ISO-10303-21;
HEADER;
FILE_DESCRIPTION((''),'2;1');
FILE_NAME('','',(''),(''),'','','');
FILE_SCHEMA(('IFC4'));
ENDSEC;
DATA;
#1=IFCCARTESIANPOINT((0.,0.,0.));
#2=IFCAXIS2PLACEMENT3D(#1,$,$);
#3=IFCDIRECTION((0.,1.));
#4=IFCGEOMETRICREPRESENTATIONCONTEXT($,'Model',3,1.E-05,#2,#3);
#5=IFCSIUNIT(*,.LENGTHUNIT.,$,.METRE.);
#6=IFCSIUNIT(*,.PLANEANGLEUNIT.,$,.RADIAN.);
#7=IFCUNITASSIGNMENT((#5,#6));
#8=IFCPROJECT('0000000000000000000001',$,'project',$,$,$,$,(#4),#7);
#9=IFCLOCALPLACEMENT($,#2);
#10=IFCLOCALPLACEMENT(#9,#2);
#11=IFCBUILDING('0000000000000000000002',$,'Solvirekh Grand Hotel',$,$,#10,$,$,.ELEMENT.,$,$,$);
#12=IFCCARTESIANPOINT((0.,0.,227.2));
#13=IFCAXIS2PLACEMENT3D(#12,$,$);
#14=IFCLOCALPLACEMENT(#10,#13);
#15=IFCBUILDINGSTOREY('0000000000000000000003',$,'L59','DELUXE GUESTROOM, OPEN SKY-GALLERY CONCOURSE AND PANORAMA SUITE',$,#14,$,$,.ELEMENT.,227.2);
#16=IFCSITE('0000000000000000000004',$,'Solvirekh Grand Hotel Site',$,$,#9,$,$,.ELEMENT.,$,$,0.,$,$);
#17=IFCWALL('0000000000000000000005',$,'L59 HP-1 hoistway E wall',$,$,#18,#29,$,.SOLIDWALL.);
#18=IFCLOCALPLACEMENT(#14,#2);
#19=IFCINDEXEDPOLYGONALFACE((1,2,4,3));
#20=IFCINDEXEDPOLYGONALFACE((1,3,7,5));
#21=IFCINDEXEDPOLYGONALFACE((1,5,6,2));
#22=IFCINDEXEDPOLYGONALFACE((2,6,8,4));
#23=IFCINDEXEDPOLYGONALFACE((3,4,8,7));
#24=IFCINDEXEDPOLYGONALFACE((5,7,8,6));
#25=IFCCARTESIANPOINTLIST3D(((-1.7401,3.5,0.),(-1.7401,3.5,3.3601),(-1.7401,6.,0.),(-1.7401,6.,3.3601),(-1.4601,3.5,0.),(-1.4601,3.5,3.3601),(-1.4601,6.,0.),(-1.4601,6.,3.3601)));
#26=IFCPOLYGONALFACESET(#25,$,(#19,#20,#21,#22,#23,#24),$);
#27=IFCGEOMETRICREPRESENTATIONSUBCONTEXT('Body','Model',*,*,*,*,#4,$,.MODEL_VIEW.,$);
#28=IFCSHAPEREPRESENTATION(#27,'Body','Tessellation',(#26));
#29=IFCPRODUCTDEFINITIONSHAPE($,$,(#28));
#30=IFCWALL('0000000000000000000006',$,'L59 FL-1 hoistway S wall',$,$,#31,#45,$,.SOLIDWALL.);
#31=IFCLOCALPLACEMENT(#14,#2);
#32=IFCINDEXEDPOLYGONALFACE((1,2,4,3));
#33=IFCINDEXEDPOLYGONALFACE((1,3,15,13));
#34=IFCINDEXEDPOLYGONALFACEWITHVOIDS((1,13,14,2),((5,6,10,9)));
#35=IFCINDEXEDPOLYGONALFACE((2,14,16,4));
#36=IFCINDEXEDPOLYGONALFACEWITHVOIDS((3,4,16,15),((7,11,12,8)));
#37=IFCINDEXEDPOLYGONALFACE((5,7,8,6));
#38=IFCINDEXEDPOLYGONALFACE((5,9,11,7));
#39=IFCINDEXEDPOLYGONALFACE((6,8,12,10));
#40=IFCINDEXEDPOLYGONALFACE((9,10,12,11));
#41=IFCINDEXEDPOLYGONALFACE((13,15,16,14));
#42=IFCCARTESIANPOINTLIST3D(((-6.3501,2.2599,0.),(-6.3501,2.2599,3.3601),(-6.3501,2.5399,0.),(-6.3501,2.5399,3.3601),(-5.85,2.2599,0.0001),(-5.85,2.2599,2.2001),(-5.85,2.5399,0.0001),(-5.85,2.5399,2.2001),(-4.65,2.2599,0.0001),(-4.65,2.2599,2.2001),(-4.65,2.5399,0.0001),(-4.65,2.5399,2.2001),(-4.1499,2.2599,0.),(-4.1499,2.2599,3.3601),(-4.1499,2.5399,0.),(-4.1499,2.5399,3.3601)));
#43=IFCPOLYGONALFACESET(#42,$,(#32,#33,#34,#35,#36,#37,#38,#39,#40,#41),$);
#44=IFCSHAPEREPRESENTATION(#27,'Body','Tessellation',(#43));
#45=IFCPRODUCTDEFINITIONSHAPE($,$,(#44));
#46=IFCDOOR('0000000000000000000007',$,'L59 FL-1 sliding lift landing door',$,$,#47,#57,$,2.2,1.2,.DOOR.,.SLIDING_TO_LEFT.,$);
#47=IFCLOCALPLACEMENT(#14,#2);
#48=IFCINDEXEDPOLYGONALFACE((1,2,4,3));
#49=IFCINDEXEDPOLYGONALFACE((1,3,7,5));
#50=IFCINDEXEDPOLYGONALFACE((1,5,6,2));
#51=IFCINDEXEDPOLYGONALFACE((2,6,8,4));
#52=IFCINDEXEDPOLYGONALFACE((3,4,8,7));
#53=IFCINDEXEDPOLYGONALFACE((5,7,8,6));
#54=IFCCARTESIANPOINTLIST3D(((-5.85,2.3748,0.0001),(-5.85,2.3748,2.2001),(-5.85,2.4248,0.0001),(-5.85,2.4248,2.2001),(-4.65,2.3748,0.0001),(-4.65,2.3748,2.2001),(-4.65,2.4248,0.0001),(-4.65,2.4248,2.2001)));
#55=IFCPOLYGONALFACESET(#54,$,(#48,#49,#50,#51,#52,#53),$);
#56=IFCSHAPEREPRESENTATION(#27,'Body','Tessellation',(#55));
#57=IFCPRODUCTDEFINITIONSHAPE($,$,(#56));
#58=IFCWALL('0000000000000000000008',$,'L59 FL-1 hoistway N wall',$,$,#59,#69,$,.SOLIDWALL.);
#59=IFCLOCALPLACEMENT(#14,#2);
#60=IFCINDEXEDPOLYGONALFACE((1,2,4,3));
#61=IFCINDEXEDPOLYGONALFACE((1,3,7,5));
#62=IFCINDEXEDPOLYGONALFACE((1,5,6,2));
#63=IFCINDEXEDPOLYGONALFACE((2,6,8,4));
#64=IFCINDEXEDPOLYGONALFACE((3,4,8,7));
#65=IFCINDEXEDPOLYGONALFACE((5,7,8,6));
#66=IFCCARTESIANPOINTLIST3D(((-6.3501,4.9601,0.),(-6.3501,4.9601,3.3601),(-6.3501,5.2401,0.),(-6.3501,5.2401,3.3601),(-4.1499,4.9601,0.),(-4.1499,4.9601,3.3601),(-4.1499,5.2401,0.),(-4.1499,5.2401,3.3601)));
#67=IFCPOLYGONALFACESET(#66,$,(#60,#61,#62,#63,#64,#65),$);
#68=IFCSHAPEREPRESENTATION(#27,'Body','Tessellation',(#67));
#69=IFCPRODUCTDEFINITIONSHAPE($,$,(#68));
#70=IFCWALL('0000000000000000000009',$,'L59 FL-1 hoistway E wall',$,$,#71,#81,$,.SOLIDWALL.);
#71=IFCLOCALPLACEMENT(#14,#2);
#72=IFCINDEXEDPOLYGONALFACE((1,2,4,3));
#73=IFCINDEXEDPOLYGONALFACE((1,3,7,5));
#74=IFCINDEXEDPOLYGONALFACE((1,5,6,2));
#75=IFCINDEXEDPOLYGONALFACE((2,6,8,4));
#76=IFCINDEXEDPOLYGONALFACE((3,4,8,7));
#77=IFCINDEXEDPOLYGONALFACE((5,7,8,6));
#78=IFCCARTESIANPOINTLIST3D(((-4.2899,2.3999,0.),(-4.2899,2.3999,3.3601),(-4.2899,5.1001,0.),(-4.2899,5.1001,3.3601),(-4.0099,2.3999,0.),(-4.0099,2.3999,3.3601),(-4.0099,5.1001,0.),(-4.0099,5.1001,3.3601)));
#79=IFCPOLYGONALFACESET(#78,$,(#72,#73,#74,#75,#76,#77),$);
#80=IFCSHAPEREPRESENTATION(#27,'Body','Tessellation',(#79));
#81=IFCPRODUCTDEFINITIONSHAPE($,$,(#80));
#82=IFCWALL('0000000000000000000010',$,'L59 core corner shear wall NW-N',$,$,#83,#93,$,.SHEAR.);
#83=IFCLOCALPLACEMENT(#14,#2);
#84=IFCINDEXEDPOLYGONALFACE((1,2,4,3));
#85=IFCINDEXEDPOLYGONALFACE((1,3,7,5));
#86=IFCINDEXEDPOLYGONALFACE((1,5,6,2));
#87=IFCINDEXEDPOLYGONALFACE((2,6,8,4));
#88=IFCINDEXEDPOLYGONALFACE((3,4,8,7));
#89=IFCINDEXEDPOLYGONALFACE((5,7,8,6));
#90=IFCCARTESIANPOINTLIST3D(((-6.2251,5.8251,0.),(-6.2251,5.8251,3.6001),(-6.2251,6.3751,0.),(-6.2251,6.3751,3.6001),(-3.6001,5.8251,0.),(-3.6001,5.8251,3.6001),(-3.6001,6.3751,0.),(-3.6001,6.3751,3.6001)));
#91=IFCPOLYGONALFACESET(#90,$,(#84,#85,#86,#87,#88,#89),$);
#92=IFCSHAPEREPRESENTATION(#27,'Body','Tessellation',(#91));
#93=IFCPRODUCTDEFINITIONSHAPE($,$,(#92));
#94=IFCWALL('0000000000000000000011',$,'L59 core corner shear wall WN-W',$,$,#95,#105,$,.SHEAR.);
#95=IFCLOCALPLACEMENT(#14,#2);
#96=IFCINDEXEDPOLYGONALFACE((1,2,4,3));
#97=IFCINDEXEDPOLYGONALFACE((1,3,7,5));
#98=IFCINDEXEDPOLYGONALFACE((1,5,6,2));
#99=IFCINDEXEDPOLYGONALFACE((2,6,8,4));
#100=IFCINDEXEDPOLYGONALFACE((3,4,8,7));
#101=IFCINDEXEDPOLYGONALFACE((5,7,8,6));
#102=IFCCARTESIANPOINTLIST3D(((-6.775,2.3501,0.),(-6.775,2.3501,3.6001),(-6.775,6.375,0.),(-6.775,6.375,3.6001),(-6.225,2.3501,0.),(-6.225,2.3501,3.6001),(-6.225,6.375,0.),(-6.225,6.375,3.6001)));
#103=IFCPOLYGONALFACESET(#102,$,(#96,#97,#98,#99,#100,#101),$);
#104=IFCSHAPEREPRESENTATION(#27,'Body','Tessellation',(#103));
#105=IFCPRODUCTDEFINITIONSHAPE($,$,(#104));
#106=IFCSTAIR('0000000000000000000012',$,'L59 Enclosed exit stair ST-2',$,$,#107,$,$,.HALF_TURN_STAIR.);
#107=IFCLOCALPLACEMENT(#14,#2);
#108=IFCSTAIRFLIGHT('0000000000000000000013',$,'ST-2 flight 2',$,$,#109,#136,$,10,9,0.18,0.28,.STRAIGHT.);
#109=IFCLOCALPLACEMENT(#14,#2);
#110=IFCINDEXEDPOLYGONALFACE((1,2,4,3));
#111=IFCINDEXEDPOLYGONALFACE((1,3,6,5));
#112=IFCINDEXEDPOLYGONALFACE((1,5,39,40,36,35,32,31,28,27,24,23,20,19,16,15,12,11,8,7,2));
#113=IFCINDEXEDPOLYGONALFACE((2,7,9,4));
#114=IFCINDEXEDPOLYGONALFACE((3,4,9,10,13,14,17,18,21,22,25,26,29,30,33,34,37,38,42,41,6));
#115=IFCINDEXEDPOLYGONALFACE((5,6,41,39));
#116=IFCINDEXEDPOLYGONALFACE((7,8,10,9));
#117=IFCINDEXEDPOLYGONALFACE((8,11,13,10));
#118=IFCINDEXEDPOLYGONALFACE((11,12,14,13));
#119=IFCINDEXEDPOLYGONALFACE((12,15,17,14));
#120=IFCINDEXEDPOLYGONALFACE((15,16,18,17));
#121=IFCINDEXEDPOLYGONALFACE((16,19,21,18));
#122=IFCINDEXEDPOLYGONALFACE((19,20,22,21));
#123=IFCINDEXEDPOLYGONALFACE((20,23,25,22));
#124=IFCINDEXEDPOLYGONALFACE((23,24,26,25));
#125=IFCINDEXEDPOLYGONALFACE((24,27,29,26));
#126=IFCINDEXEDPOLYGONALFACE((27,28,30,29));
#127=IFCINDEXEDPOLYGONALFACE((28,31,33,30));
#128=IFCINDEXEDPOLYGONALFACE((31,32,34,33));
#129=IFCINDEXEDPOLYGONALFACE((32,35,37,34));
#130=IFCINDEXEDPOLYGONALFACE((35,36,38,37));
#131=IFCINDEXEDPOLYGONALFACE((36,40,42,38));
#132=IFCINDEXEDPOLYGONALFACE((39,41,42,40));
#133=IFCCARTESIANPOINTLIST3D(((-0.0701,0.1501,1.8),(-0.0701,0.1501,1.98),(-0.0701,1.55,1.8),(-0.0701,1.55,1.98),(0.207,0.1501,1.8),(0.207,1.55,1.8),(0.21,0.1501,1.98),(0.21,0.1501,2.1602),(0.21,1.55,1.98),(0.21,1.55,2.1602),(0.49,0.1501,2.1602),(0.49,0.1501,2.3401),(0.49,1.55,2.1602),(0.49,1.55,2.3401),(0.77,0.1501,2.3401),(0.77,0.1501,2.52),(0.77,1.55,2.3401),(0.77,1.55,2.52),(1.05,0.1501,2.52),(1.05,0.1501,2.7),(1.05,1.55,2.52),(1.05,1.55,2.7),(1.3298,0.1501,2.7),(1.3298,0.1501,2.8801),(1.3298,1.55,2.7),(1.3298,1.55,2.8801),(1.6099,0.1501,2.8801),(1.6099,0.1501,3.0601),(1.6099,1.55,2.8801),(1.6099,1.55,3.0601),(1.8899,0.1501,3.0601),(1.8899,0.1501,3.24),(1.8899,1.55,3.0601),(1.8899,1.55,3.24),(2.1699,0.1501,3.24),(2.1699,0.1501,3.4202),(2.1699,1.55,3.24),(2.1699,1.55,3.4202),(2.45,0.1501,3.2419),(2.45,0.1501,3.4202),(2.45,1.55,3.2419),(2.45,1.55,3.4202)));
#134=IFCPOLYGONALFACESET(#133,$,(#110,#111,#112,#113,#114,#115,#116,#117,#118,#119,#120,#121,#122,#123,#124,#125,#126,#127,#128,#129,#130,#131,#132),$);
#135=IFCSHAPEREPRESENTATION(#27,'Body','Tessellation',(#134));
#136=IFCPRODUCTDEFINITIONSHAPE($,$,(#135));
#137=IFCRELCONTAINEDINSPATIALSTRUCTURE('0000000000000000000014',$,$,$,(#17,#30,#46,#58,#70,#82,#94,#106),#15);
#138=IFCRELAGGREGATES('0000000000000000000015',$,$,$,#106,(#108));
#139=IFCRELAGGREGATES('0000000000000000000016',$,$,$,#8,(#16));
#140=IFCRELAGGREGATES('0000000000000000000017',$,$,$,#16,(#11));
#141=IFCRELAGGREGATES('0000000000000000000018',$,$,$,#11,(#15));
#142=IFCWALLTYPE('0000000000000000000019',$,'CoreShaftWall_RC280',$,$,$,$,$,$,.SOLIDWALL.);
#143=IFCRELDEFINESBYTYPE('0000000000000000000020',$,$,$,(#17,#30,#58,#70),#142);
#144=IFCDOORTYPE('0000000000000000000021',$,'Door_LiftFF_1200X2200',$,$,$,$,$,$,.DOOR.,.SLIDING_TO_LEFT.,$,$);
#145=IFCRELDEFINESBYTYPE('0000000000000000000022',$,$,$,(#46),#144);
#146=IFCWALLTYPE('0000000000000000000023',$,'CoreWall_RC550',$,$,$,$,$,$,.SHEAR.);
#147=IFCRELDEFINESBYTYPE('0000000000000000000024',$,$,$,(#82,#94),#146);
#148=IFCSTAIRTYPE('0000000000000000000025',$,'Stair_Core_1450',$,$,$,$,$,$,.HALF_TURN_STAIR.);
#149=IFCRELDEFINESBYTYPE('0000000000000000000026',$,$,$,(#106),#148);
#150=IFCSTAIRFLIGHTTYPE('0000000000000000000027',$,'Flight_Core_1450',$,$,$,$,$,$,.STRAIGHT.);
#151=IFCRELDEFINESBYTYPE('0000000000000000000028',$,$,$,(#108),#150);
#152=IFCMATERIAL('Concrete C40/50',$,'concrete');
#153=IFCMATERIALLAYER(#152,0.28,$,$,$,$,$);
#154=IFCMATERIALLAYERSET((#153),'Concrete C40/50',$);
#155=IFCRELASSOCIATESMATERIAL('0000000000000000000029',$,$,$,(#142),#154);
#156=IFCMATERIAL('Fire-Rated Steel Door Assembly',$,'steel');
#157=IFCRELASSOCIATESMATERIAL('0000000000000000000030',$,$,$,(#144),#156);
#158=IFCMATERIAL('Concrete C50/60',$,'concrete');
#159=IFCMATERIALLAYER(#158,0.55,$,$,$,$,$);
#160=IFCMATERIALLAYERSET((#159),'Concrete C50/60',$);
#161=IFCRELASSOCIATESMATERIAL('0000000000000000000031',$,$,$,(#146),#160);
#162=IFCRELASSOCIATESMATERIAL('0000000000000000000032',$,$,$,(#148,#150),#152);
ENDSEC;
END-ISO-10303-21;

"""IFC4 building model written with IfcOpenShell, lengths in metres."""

from ifc_helpers import new_model, si_unit, direction, frame, frame_2d, origin, place, context, subcontext, project, spatial, polyline, rectangle, outline, extrude, material, layer, layer_set, type_object, element, fill, aggregate, save


model = new_model("IFC4")

# Units and contexts
model_context = context("Model", 3, precision=1e-05, world=origin(), true_north=direction((0.0, 1.0)))
body_context = subcontext(model_context, "Body", "Model", "MODEL_VIEW")
ifc_project = project(units=[si_unit("LENGTHUNIT", "METRE"), si_unit("PLANEANGLEUNIT", "RADIAN")], contexts=[model_context])

# Site, building, storey
site_placement = place(None, origin())
site = spatial("IfcSite", under=ifc_project, at=site_placement, Name="Solvirekh Grand Hotel Site", CompositionType="ELEMENT", RefElevation=0.0)
building_placement = place(site_placement, origin())
building = spatial("IfcBuilding", under=site, at=building_placement, Name="Solvirekh Grand Hotel", CompositionType="ELEMENT")
storey_placement = place(building_placement, frame((0.0, 0.0, 227.2)))
storey = spatial("IfcBuildingStorey", under=building, at=storey_placement, Name="L59", Description="DELUXE GUESTROOM, OPEN SKY-GALLERY CONCOURSE AND PANORAMA SUITE", CompositionType="ELEMENT", Elevation=227.2)

# Shared definitions
ifc_material_1 = material(Name="Concrete C50/60", Category="concrete")

# Shared definitions
ifc_material_2 = material(Name="Concrete C40/50", Category="concrete")
ifc_layer_1 = layer(ifc_material_2, 0.28)
ifc_layer_set_1 = layer_set([ifc_layer_1], Name="Concrete C40/50")
wall_type_1 = type_object("IfcWallType", Name="CoreShaftWall_RC280", PredefinedType="SOLIDWALL", material=ifc_layer_set_1)
ifc_material_3 = material(Name="Fire-Rated Steel Door Assembly", Category="steel")

# Wall
for number, where, z_axis, x_axis, name in (
    (1, (-1.6001, 3.5, 0.0), (0.0, 0.0, 1.0), (0.0, 1.0, 0.0), "L59 HP-1 hoistway E wall"),
):
    element("IfcWall", number, at=place(storey_placement, frame(where, z_axis=z_axis, x_axis=x_axis)), inside=storey, type_object=wall_type_1, Name=name, PredefinedType="SOLIDWALL", context=body_context, shape_type="SweptSolid", body=[
        extrude(rectangle(XDim=2.5, YDim=0.28, at=frame_2d((1.25, 0.0))), origin(), (0.0, 0.0, 1.0), 3.3601),
    ])

# Wall, opening, door
wall_1_placement = place(storey_placement, frame((-6.3501, 2.3999, 0.0), z_axis=(0.0, 0.0, 1.0), x_axis=(1.0, 0.0, 0.0)))
wall_1 = element("IfcWall", 2, at=wall_1_placement, inside=storey, type_object=wall_type_1, Name="L59 FL-1 hoistway S wall", PredefinedType="SOLIDWALL", context=body_context, shape_type="SweptSolid", body=[
    extrude(rectangle(XDim=2.2002, YDim=0.28, at=frame_2d((1.1001, 0.0))), origin(), (0.0, 0.0, 1.0), 3.3601),
])
opening_1_placement = place(wall_1_placement, frame((0.5, 0.0, 0.0)))
opening_1 = element("IfcOpeningElement", 3, at=opening_1_placement, cuts=wall_1, PredefinedType="OPENING", context=body_context, shape_type="SweptSolid", body=[
    extrude(rectangle(XDim=1.2, YDim=2.2, at=frame_2d((0.6001, 1.1001))), frame((0.0, 0.1499, 0.0), z_axis=(0.0, -1.0, 0.0), x_axis=(1.0, 0.0, 0.0)), (0.0, 0.0, 1.0), 0.3),
])
door_type_1 = type_object("IfcDoorType", Name="Door_LiftFF_1200X2200", OperationType="SLIDING_TO_LEFT", PredefinedType="DOOR", material=ifc_material_3)
door_1_placement = place(opening_1_placement, origin())
door_1 = element("IfcDoor", 4, at=door_1_placement, inside=storey, type_object=door_type_1, Name="L59 FL-1 sliding lift landing door", OperationType="SLIDING_TO_LEFT", OverallHeight=2.2, OverallWidth=1.2, PredefinedType="DOOR", context=body_context, shape_type="SweptSolid", body=[
    extrude(rectangle(XDim=1.2, YDim=2.2, at=frame_2d((0.6001, 1.1001))), frame((0.0, 0.0249, 0.0), z_axis=(0.0, -1.0, 0.0), x_axis=(1.0, 0.0, 0.0)), (0.0, 0.0, 1.0), 0.05),
])
fill(opening_1, door_1)

# Walls
wall_2_placement = place(storey_placement, frame((-4.1499, 5.1001, 0.0), z_axis=(0.0, 0.0, 1.0), x_axis=(-1.0, 0.0, 0.0)))
element("IfcWall", 5, at=wall_2_placement, inside=storey, type_object=wall_type_1, Name="L59 FL-1 hoistway N wall", PredefinedType="SOLIDWALL", context=body_context, shape_type="SweptSolid", body=[
    extrude(rectangle(XDim=2.2002, YDim=0.28, at=frame_2d((1.1001, 0.0))), origin(), (0.0, 0.0, 1.0), 3.3601),
])
wall_3_placement = place(storey_placement, frame((-4.1499, 2.3999, 0.0), z_axis=(0.0, 0.0, 1.0), x_axis=(0.0, 1.0, 0.0)))
element("IfcWall", 6, at=wall_3_placement, inside=storey, type_object=wall_type_1, Name="L59 FL-1 hoistway E wall", PredefinedType="SOLIDWALL", context=body_context, shape_type="SweptSolid", body=[
    extrude(rectangle(XDim=2.7002, YDim=0.28, at=frame_2d((1.3501, 0.0))), origin(), (0.0, 0.0, 1.0), 3.3601),
])
ifc_layer_2 = layer(ifc_material_1, 0.55)
ifc_layer_set_2 = layer_set([ifc_layer_2], Name="Concrete C50/60")
wall_type_2 = type_object("IfcWallType", Name="CoreWall_RC550", PredefinedType="SHEAR", material=ifc_layer_set_2)
wall_4_placement = place(storey_placement, frame((-6.2251, 6.1001, 0.0), z_axis=(0.0, 0.0, 1.0), x_axis=(1.0, 0.0, 0.0)))
element("IfcWall", 7, at=wall_4_placement, inside=storey, type_object=wall_type_2, Name="L59 core corner shear wall NW-N", PredefinedType="SHEAR", context=body_context, shape_type="SweptSolid", body=[
    extrude(rectangle(XDim=2.625, YDim=0.55, at=frame_2d((1.3125, 0.0))), origin(), (0.0, 0.0, 1.0), 3.6001),
])
wall_5_placement = place(storey_placement, frame((-6.5, 2.3501, 0.0), z_axis=(0.0, 0.0, 1.0), x_axis=(0.0, 1.0, 0.0)))
element("IfcWall", 8, at=wall_5_placement, inside=storey, type_object=wall_type_2, Name="L59 core corner shear wall WN-W", PredefinedType="SHEAR", context=body_context, shape_type="SweptSolid", body=[
    extrude(rectangle(XDim=4.0249, YDim=0.55, at=frame_2d((2.0125, 0.0))), origin(), (0.0, 0.0, 1.0), 3.6001),
])

# Stair, stair flight
stair_type = type_object("IfcStairType", Name="Stair_Core_1450", PredefinedType="HALF_TURN_STAIR", material=ifc_material_2)
stair_placement = place(storey_placement, origin())
stair = element("IfcStair", 9, at=stair_placement, inside=storey, type_object=stair_type, Name="L59 Enclosed exit stair ST-2", PredefinedType="HALF_TURN_STAIR")
stair_flight_type = type_object("IfcStairFlightType", Name="Flight_Core_1450", PredefinedType="STRAIGHT", material=ifc_material_2)
stair_flight_placement = place(storey_placement, frame((-0.0701, 0.8501, 1.8), z_axis=(0.0, 0.0, 1.0), x_axis=(1.0, 0.0, 0.0)))
stair_flight = element("IfcStairFlight", 10, at=stair_flight_placement, type_object=stair_flight_type, Name="ST-2 flight 2", NumberOfRisers=10, NumberOfTreads=9, PredefinedType="STRAIGHT", RiserHeight=0.18, TreadLength=0.28, context=body_context, shape_type="SweptSolid", body=[
    extrude(outline(polyline([(0.0, 0.0), (0.0, 0.1799), (0.28, 0.1799), (0.28, 0.3601), (0.5601, 0.3601), (0.5601, 0.54), (0.8401, 0.54), (0.8401, 0.72), (1.1201, 0.72), (1.1201, 0.8999), (1.3999, 0.8999), (1.3999, 1.0801), (1.6799, 1.0801), (1.6799, 1.26), (1.96, 1.26), (1.96, 1.4399), (2.24, 1.4399), (2.24, 1.6201), (2.52, 1.6201), (2.52, 1.8), (2.52, 1.4419), (0.2771, 0.0), (0.0, 0.0)])), frame((0.0, 0.7, 0.0), z_axis=(0.0, -1.0, 0.0), x_axis=(1.0, 0.0, 0.0)), (0.0, 0.0, 1.0), 1.3999),
])
aggregate(stair, [stair_flight])

save(model, "model.ifc")
